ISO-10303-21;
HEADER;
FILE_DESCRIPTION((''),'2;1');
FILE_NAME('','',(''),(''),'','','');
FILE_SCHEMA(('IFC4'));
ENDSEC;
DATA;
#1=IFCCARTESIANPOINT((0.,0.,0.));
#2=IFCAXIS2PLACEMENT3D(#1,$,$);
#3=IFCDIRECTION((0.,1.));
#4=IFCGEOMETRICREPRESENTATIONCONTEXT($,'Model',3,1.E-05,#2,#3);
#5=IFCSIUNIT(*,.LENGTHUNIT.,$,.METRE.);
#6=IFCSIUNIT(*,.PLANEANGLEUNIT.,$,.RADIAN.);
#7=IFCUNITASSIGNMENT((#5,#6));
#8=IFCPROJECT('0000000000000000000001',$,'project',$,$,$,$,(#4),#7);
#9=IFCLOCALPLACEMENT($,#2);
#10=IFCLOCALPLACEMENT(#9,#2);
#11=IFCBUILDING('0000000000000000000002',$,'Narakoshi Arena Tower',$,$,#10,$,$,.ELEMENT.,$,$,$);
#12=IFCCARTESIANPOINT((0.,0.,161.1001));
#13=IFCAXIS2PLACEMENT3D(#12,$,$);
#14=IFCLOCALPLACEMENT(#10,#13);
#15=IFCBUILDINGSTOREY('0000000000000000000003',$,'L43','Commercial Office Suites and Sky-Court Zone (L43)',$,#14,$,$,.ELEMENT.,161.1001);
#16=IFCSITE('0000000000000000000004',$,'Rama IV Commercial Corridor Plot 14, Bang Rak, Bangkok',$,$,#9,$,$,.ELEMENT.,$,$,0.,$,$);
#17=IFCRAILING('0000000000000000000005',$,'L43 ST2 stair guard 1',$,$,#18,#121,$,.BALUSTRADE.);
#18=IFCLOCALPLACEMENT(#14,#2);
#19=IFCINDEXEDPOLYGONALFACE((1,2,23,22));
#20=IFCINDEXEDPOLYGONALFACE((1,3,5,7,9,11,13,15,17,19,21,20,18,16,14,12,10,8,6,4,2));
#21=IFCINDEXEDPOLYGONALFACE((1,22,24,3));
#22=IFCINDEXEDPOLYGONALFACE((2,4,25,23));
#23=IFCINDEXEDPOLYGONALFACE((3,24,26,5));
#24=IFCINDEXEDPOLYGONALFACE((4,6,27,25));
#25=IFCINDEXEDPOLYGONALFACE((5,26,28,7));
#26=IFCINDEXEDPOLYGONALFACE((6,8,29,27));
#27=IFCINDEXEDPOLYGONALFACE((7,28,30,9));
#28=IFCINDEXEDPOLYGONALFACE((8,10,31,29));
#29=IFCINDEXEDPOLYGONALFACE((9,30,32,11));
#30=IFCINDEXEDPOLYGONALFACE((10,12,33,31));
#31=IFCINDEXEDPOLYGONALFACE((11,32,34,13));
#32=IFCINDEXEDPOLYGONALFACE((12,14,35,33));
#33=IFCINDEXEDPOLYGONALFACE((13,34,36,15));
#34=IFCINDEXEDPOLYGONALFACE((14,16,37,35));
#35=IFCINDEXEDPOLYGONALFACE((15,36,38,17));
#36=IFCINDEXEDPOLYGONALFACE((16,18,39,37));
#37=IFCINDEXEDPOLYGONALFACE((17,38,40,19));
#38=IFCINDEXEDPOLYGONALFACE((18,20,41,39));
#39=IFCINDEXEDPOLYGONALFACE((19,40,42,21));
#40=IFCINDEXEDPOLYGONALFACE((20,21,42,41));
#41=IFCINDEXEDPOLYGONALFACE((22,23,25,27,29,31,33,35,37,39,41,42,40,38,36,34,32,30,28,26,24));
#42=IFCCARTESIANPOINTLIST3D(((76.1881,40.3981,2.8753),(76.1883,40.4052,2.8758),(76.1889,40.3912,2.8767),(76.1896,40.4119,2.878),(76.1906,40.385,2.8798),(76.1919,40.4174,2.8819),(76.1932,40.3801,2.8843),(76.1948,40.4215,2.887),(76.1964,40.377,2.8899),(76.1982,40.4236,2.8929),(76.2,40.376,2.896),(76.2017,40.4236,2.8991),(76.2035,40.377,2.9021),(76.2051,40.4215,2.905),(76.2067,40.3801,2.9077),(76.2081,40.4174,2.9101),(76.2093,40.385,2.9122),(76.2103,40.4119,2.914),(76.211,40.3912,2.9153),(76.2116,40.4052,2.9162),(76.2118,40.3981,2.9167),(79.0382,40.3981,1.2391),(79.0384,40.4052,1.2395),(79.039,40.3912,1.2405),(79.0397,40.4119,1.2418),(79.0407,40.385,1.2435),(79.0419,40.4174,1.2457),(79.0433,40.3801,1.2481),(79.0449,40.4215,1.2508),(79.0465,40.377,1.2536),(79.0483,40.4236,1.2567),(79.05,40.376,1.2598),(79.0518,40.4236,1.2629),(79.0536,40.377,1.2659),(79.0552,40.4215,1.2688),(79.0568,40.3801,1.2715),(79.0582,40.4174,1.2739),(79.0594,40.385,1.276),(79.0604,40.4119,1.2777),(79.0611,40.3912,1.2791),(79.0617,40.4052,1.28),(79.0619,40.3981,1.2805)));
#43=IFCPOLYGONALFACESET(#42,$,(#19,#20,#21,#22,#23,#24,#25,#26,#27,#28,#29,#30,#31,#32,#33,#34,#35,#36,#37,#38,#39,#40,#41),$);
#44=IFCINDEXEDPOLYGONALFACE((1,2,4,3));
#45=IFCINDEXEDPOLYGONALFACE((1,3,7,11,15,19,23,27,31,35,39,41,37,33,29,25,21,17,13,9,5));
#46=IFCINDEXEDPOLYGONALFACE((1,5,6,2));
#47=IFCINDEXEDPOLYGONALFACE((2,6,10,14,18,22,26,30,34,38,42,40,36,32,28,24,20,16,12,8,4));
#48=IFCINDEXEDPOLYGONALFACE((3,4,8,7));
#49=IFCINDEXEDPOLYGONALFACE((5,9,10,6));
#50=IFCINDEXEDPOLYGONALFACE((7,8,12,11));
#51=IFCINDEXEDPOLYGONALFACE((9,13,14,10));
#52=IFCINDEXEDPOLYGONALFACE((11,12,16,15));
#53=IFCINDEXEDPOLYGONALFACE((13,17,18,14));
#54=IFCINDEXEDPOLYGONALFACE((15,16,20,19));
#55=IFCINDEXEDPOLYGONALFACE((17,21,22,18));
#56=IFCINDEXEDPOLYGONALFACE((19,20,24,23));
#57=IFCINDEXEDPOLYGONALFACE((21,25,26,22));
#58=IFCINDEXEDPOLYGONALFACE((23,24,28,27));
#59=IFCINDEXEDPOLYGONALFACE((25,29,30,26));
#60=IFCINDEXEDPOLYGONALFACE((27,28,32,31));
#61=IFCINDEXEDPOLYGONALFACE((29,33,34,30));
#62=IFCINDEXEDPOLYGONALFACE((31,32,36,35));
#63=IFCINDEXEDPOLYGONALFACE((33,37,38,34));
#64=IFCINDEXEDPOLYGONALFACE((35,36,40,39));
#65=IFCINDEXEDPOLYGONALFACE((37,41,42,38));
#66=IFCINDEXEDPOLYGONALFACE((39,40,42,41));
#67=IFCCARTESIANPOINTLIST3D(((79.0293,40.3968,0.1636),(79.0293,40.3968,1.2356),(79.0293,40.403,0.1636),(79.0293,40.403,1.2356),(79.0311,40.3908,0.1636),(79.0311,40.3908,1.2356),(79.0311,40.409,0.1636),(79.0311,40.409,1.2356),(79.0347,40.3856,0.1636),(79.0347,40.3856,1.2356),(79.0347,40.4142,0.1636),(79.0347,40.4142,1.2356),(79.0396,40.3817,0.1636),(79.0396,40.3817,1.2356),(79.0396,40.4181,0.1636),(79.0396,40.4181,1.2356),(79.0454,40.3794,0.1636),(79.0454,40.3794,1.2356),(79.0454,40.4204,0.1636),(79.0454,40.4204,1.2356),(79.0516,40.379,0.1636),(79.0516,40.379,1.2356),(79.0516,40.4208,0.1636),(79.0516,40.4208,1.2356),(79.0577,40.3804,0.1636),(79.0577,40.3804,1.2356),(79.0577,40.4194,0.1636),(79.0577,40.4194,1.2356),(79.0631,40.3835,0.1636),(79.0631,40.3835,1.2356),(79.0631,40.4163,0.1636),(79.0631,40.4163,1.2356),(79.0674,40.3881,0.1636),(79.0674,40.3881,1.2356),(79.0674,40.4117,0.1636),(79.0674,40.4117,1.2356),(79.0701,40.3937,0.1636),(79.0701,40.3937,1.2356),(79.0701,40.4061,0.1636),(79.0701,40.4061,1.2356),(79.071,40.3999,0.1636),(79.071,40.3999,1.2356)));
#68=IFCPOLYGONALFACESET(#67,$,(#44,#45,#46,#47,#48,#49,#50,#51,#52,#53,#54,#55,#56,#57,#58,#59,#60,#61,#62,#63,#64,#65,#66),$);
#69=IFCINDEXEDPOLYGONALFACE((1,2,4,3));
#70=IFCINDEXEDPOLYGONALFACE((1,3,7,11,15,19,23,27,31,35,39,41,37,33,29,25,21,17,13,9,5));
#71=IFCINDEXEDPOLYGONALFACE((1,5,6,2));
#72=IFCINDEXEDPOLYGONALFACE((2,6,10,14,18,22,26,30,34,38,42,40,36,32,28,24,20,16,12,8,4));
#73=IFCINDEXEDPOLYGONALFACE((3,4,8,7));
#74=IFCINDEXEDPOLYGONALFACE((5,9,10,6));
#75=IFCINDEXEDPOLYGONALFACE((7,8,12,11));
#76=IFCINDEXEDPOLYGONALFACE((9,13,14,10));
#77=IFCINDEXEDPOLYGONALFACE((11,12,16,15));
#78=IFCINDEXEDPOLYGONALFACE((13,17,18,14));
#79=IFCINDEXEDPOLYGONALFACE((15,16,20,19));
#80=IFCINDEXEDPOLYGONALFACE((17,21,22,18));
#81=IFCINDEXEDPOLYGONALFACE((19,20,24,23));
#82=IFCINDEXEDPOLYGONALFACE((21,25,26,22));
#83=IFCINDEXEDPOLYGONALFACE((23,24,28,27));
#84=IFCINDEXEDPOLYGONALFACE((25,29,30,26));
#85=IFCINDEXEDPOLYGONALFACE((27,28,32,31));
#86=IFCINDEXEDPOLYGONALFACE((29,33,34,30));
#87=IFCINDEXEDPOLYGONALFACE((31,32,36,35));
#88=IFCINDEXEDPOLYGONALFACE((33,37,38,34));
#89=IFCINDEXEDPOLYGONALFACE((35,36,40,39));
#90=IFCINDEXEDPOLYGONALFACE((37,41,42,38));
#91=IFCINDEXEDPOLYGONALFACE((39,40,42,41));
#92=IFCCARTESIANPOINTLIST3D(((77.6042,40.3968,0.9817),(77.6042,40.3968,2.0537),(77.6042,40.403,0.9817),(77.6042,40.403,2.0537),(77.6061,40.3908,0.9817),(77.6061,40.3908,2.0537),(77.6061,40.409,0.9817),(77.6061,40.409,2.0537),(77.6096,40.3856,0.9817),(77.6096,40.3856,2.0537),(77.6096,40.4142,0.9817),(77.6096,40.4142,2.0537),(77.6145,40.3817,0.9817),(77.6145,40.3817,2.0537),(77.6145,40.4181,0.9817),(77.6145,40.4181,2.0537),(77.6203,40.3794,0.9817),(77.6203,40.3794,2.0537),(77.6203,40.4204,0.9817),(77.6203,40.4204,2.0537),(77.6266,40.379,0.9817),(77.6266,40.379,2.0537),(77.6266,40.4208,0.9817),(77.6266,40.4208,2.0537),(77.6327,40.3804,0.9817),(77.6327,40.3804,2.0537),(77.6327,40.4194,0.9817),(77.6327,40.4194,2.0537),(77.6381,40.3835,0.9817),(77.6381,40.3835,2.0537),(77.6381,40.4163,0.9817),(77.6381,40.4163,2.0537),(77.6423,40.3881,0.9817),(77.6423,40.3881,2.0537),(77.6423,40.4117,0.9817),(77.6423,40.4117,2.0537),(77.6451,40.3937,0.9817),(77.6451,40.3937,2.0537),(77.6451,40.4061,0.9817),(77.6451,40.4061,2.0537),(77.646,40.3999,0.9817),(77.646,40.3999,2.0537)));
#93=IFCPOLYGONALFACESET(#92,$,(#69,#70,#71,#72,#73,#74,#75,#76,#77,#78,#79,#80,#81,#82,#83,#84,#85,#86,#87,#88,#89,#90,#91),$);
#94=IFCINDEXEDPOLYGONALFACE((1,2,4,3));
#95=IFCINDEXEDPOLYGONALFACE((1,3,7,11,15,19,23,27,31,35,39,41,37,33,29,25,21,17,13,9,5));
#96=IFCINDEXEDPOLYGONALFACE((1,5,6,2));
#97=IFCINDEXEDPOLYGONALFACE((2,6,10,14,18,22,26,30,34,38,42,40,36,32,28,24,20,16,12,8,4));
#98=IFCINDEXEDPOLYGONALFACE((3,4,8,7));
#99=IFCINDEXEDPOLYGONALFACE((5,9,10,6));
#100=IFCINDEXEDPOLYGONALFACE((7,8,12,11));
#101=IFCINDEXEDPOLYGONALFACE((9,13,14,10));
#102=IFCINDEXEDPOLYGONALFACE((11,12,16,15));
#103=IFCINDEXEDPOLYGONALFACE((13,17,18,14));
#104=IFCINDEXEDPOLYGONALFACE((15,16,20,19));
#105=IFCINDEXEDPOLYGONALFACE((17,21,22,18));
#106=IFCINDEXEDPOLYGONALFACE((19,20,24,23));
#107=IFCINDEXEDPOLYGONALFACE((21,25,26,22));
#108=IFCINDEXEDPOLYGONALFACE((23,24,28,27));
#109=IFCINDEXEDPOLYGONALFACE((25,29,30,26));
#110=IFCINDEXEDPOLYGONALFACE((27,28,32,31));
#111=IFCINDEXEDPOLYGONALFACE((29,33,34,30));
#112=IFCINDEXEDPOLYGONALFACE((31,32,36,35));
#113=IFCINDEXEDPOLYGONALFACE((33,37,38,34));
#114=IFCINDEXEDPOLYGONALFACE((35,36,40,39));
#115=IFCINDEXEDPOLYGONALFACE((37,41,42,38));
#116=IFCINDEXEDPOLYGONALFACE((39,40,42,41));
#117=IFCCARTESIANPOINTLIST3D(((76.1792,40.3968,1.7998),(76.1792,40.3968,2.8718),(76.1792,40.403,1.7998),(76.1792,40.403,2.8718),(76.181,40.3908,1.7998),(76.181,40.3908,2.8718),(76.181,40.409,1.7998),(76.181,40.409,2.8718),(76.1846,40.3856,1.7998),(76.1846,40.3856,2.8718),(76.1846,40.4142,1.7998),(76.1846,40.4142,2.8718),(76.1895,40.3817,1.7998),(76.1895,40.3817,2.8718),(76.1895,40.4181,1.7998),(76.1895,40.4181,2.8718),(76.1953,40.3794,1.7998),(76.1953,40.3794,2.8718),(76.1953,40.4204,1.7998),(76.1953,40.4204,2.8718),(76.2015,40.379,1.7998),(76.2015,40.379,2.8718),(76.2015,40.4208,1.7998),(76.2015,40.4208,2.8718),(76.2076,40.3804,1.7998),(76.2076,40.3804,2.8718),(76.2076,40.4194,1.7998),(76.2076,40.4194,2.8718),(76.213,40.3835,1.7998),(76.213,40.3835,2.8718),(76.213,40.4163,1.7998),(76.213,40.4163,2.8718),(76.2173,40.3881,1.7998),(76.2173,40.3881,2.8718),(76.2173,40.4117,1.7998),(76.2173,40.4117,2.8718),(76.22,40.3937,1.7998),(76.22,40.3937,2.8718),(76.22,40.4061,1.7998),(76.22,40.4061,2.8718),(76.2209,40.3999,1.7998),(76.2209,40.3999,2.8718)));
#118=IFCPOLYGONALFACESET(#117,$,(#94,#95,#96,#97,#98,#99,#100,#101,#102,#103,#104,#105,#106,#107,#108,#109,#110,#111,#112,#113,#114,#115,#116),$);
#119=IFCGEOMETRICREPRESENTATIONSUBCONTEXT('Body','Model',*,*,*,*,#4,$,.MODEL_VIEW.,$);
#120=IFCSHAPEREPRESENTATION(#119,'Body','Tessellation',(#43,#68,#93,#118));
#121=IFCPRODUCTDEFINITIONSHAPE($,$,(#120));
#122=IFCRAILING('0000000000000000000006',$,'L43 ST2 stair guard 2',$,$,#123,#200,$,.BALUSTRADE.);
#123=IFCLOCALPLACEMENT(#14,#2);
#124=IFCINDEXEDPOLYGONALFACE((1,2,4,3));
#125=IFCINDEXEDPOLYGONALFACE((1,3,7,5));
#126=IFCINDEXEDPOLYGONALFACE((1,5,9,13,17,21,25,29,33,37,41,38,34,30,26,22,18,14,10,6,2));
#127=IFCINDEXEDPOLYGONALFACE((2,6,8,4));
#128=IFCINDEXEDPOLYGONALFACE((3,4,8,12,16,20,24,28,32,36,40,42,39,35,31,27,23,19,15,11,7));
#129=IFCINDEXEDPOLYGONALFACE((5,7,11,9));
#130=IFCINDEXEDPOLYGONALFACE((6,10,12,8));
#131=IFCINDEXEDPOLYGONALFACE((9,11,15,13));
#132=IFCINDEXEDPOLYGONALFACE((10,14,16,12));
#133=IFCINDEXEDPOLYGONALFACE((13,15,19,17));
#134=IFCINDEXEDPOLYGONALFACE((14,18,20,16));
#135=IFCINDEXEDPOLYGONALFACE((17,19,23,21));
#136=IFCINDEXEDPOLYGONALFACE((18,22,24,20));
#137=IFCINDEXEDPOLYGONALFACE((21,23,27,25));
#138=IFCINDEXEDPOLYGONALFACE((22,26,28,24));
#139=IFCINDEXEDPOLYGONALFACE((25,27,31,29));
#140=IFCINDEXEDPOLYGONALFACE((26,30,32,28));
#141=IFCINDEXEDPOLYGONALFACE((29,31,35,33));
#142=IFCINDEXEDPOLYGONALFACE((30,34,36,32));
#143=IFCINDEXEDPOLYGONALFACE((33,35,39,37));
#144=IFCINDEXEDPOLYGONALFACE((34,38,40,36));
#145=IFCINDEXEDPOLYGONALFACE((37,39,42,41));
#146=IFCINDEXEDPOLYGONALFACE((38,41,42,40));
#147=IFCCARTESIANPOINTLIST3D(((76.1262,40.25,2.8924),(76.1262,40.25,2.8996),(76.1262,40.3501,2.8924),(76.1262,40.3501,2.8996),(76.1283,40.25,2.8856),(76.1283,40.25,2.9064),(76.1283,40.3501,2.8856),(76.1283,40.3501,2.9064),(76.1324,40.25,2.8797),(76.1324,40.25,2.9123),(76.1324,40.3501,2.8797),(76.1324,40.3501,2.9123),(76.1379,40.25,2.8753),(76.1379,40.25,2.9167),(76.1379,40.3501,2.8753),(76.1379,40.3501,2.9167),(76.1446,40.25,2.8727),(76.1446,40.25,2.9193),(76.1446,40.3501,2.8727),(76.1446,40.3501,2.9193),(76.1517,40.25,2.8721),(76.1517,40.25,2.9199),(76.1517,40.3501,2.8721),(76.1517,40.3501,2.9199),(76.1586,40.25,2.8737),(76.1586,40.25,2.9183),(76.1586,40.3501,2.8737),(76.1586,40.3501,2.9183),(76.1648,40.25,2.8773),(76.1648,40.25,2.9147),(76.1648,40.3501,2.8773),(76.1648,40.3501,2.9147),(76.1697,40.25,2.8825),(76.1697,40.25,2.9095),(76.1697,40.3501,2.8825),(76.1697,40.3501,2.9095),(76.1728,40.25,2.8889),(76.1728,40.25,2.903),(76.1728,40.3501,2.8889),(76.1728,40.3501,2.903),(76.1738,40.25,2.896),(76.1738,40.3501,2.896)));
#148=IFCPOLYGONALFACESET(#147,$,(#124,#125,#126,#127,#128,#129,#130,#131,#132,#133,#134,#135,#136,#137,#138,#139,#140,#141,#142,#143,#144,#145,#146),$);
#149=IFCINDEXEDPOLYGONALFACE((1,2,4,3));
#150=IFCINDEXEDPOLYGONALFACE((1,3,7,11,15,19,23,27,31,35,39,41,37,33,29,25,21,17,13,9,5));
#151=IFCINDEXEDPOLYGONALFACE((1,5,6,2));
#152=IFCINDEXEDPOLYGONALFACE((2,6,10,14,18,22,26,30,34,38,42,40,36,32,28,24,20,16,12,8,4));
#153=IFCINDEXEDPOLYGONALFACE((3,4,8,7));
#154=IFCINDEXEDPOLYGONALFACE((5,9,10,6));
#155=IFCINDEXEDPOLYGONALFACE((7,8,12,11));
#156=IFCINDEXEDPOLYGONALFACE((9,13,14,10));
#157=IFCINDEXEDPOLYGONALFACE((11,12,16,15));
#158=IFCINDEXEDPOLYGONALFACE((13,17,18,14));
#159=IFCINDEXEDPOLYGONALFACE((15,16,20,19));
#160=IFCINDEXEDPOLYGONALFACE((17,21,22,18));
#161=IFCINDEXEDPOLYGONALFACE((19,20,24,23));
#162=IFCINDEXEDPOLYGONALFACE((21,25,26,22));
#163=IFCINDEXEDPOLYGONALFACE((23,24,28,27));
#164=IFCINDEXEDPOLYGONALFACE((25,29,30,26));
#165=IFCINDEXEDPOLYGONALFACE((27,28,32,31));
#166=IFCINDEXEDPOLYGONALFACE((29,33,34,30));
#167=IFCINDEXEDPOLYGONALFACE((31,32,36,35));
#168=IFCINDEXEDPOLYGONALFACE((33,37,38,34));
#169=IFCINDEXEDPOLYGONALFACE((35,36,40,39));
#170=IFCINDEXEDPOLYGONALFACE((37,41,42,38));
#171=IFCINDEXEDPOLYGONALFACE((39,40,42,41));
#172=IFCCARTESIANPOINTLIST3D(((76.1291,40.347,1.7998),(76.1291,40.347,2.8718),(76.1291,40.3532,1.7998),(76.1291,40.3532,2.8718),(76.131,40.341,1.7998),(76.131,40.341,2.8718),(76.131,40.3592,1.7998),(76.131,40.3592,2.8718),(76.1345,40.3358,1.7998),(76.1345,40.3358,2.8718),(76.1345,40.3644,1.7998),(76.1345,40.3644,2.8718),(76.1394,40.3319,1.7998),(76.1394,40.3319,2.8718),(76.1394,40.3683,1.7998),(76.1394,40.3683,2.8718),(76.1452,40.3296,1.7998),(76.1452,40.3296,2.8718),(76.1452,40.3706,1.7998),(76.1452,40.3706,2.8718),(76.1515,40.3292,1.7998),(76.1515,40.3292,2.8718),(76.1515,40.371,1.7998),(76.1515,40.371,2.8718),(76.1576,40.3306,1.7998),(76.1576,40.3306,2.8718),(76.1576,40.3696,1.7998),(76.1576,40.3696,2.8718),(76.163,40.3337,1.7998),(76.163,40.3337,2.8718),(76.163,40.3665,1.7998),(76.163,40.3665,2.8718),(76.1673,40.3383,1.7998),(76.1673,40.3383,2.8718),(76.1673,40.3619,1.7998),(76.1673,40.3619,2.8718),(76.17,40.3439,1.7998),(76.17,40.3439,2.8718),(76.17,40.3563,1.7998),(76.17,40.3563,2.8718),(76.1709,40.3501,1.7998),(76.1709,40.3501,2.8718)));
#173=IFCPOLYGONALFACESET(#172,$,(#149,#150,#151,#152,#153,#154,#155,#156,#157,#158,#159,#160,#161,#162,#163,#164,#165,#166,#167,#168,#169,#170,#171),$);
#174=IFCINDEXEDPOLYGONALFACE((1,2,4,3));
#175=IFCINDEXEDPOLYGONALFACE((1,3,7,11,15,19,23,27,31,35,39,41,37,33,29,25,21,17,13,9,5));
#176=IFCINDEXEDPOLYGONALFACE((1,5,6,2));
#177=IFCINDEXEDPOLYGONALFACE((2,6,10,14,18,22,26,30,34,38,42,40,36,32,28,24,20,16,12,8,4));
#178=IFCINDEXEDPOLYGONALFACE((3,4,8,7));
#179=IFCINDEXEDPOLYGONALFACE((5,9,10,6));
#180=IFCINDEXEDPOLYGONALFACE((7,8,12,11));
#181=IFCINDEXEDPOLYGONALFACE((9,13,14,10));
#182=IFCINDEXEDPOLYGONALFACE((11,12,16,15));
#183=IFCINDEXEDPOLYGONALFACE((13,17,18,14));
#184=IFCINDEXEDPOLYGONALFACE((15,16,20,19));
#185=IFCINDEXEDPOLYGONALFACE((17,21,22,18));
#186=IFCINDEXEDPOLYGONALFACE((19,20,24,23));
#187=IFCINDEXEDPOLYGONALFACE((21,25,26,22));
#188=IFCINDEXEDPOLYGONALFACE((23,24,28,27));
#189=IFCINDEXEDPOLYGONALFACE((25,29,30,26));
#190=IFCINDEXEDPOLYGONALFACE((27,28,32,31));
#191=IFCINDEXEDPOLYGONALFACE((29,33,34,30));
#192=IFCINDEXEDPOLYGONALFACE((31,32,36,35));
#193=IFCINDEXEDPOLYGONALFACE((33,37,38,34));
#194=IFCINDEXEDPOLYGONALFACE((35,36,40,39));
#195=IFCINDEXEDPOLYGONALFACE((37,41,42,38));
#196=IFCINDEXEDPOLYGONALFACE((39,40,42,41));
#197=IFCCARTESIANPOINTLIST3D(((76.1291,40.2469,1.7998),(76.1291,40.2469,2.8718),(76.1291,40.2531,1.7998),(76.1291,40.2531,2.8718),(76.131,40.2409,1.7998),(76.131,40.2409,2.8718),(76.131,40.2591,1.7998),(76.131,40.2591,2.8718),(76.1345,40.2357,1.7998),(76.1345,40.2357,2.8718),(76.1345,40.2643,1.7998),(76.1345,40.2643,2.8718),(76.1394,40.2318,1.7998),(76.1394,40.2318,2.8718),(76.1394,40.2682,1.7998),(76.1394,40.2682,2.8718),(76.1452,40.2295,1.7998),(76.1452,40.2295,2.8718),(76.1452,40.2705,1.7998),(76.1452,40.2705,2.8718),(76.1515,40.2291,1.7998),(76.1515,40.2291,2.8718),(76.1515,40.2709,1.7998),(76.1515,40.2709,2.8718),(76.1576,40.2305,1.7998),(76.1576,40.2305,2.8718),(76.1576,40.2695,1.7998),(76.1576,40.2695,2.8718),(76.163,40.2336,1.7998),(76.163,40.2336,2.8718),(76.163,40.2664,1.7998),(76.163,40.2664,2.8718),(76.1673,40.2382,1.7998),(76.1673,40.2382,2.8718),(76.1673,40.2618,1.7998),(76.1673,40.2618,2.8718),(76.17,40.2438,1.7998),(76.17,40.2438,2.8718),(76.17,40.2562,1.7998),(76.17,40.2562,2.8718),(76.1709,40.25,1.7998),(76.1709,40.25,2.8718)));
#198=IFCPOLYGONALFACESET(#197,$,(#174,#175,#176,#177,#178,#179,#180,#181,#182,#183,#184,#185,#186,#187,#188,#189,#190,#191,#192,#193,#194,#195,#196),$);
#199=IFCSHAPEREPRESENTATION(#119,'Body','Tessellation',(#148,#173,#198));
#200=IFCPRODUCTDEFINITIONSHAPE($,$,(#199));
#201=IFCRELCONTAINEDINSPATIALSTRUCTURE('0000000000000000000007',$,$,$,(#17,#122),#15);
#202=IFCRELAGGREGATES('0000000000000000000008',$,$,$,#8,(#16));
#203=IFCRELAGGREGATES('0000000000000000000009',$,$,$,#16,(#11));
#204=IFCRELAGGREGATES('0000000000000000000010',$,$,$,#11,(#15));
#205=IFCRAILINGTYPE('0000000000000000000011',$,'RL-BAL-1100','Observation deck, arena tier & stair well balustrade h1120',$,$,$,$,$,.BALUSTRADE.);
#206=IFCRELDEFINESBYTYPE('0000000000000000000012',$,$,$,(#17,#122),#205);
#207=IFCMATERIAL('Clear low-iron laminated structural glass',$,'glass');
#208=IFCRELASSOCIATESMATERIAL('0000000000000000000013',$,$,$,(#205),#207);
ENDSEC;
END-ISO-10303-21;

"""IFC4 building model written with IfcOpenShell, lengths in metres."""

from ifc_helpers import new_model, si_unit, direction, frame, origin, origin_2d, place, context, subcontext, project, spatial, circle, extrude, material, type_object, element, save


model = new_model("IFC4")

# Units and contexts
model_context = context("Model", 3, precision=1e-05, world=origin(), true_north=direction((0.0, 1.0)))
body_context = subcontext(model_context, "Body", "Model", "MODEL_VIEW")
ifc_project = project(units=[si_unit("LENGTHUNIT", "METRE"), si_unit("PLANEANGLEUNIT", "RADIAN")], contexts=[model_context])

# Site, building, storey
site_placement = place(None, origin())
site = spatial("IfcSite", under=ifc_project, at=site_placement, Name="Rama IV Commercial Corridor Plot 14, Bang Rak, Bangkok", CompositionType="ELEMENT", RefElevation=0.0)
building_placement = place(site_placement, origin())
building = spatial("IfcBuilding", under=site, at=building_placement, Name="Narakoshi Arena Tower", CompositionType="ELEMENT")
storey_placement = place(building_placement, frame((0.0, 0.0, 161.1001)))
storey = spatial("IfcBuildingStorey", under=building, at=storey_placement, Name="L43", Description="Commercial Office Suites and Sky-Court Zone (L43)", CompositionType="ELEMENT", Elevation=161.1001)

# Railings
ifc_material_1 = material(Name="Clear low-iron laminated structural glass", Category="glass")
railing_type_1 = type_object("IfcRailingType", Name="RL-BAL-1100", Description="Observation deck, arena tier & stair well balustrade h1120", PredefinedType="BALUSTRADE", material=ifc_material_1)
railing_1_placement = place(storey_placement, frame((79.05, 40.3999, 0.1636)))
element("IfcRailing", 1, at=railing_1_placement, inside=storey, type_object=railing_type_1, Name="L43 ST2 stair guard 1", PredefinedType="BALUSTRADE", context=body_context, shape_type="SweptSolid", body=[
    extrude(circle(Radius=0.0239, at=origin_2d()), frame((0.0, 0.0, 1.0962), z_axis=(-0.867245, 0.0, 0.497882), x_axis=(0.0, -1.0, 0.0)), (0.0, 0.0, 1.0), 3.2864),
    extrude(circle(Radius=0.021, at=origin_2d()), origin(), (0.0, 0.0, 1.0), 1.072),
    extrude(circle(Radius=0.021, at=origin_2d()), frame((-1.425, 0.0, 0.8181)), (0.0, 0.0, 1.0), 1.072),
    extrude(circle(Radius=0.021, at=origin_2d()), frame((-2.8501, 0.0, 1.6362)), (0.0, 0.0, 1.0), 1.072),
])
railing_2_placement = place(storey_placement, frame((76.1499, 40.3501, 1.7998)))
element("IfcRailing", 2, at=railing_2_placement, inside=storey, type_object=railing_type_1, Name="L43 ST2 stair guard 2", PredefinedType="BALUSTRADE", context=body_context, shape_type="SweptSolid", body=[
    extrude(circle(Radius=0.0239, at=origin_2d()), frame((0.0, 0.0, 1.0962), z_axis=(0.0, -1.0, 0.0), x_axis=(1.0, 0.0, 0.0)), (0.0, 0.0, 1.0), 0.1001),
    extrude(circle(Radius=0.021, at=origin_2d()), origin(), (0.0, 0.0, 1.0), 1.072),
    extrude(circle(Radius=0.021, at=origin_2d()), frame((0.0, -0.1001, 0.0)), (0.0, 0.0, 1.0), 1.072),
])

save(model, "model.ifc")
